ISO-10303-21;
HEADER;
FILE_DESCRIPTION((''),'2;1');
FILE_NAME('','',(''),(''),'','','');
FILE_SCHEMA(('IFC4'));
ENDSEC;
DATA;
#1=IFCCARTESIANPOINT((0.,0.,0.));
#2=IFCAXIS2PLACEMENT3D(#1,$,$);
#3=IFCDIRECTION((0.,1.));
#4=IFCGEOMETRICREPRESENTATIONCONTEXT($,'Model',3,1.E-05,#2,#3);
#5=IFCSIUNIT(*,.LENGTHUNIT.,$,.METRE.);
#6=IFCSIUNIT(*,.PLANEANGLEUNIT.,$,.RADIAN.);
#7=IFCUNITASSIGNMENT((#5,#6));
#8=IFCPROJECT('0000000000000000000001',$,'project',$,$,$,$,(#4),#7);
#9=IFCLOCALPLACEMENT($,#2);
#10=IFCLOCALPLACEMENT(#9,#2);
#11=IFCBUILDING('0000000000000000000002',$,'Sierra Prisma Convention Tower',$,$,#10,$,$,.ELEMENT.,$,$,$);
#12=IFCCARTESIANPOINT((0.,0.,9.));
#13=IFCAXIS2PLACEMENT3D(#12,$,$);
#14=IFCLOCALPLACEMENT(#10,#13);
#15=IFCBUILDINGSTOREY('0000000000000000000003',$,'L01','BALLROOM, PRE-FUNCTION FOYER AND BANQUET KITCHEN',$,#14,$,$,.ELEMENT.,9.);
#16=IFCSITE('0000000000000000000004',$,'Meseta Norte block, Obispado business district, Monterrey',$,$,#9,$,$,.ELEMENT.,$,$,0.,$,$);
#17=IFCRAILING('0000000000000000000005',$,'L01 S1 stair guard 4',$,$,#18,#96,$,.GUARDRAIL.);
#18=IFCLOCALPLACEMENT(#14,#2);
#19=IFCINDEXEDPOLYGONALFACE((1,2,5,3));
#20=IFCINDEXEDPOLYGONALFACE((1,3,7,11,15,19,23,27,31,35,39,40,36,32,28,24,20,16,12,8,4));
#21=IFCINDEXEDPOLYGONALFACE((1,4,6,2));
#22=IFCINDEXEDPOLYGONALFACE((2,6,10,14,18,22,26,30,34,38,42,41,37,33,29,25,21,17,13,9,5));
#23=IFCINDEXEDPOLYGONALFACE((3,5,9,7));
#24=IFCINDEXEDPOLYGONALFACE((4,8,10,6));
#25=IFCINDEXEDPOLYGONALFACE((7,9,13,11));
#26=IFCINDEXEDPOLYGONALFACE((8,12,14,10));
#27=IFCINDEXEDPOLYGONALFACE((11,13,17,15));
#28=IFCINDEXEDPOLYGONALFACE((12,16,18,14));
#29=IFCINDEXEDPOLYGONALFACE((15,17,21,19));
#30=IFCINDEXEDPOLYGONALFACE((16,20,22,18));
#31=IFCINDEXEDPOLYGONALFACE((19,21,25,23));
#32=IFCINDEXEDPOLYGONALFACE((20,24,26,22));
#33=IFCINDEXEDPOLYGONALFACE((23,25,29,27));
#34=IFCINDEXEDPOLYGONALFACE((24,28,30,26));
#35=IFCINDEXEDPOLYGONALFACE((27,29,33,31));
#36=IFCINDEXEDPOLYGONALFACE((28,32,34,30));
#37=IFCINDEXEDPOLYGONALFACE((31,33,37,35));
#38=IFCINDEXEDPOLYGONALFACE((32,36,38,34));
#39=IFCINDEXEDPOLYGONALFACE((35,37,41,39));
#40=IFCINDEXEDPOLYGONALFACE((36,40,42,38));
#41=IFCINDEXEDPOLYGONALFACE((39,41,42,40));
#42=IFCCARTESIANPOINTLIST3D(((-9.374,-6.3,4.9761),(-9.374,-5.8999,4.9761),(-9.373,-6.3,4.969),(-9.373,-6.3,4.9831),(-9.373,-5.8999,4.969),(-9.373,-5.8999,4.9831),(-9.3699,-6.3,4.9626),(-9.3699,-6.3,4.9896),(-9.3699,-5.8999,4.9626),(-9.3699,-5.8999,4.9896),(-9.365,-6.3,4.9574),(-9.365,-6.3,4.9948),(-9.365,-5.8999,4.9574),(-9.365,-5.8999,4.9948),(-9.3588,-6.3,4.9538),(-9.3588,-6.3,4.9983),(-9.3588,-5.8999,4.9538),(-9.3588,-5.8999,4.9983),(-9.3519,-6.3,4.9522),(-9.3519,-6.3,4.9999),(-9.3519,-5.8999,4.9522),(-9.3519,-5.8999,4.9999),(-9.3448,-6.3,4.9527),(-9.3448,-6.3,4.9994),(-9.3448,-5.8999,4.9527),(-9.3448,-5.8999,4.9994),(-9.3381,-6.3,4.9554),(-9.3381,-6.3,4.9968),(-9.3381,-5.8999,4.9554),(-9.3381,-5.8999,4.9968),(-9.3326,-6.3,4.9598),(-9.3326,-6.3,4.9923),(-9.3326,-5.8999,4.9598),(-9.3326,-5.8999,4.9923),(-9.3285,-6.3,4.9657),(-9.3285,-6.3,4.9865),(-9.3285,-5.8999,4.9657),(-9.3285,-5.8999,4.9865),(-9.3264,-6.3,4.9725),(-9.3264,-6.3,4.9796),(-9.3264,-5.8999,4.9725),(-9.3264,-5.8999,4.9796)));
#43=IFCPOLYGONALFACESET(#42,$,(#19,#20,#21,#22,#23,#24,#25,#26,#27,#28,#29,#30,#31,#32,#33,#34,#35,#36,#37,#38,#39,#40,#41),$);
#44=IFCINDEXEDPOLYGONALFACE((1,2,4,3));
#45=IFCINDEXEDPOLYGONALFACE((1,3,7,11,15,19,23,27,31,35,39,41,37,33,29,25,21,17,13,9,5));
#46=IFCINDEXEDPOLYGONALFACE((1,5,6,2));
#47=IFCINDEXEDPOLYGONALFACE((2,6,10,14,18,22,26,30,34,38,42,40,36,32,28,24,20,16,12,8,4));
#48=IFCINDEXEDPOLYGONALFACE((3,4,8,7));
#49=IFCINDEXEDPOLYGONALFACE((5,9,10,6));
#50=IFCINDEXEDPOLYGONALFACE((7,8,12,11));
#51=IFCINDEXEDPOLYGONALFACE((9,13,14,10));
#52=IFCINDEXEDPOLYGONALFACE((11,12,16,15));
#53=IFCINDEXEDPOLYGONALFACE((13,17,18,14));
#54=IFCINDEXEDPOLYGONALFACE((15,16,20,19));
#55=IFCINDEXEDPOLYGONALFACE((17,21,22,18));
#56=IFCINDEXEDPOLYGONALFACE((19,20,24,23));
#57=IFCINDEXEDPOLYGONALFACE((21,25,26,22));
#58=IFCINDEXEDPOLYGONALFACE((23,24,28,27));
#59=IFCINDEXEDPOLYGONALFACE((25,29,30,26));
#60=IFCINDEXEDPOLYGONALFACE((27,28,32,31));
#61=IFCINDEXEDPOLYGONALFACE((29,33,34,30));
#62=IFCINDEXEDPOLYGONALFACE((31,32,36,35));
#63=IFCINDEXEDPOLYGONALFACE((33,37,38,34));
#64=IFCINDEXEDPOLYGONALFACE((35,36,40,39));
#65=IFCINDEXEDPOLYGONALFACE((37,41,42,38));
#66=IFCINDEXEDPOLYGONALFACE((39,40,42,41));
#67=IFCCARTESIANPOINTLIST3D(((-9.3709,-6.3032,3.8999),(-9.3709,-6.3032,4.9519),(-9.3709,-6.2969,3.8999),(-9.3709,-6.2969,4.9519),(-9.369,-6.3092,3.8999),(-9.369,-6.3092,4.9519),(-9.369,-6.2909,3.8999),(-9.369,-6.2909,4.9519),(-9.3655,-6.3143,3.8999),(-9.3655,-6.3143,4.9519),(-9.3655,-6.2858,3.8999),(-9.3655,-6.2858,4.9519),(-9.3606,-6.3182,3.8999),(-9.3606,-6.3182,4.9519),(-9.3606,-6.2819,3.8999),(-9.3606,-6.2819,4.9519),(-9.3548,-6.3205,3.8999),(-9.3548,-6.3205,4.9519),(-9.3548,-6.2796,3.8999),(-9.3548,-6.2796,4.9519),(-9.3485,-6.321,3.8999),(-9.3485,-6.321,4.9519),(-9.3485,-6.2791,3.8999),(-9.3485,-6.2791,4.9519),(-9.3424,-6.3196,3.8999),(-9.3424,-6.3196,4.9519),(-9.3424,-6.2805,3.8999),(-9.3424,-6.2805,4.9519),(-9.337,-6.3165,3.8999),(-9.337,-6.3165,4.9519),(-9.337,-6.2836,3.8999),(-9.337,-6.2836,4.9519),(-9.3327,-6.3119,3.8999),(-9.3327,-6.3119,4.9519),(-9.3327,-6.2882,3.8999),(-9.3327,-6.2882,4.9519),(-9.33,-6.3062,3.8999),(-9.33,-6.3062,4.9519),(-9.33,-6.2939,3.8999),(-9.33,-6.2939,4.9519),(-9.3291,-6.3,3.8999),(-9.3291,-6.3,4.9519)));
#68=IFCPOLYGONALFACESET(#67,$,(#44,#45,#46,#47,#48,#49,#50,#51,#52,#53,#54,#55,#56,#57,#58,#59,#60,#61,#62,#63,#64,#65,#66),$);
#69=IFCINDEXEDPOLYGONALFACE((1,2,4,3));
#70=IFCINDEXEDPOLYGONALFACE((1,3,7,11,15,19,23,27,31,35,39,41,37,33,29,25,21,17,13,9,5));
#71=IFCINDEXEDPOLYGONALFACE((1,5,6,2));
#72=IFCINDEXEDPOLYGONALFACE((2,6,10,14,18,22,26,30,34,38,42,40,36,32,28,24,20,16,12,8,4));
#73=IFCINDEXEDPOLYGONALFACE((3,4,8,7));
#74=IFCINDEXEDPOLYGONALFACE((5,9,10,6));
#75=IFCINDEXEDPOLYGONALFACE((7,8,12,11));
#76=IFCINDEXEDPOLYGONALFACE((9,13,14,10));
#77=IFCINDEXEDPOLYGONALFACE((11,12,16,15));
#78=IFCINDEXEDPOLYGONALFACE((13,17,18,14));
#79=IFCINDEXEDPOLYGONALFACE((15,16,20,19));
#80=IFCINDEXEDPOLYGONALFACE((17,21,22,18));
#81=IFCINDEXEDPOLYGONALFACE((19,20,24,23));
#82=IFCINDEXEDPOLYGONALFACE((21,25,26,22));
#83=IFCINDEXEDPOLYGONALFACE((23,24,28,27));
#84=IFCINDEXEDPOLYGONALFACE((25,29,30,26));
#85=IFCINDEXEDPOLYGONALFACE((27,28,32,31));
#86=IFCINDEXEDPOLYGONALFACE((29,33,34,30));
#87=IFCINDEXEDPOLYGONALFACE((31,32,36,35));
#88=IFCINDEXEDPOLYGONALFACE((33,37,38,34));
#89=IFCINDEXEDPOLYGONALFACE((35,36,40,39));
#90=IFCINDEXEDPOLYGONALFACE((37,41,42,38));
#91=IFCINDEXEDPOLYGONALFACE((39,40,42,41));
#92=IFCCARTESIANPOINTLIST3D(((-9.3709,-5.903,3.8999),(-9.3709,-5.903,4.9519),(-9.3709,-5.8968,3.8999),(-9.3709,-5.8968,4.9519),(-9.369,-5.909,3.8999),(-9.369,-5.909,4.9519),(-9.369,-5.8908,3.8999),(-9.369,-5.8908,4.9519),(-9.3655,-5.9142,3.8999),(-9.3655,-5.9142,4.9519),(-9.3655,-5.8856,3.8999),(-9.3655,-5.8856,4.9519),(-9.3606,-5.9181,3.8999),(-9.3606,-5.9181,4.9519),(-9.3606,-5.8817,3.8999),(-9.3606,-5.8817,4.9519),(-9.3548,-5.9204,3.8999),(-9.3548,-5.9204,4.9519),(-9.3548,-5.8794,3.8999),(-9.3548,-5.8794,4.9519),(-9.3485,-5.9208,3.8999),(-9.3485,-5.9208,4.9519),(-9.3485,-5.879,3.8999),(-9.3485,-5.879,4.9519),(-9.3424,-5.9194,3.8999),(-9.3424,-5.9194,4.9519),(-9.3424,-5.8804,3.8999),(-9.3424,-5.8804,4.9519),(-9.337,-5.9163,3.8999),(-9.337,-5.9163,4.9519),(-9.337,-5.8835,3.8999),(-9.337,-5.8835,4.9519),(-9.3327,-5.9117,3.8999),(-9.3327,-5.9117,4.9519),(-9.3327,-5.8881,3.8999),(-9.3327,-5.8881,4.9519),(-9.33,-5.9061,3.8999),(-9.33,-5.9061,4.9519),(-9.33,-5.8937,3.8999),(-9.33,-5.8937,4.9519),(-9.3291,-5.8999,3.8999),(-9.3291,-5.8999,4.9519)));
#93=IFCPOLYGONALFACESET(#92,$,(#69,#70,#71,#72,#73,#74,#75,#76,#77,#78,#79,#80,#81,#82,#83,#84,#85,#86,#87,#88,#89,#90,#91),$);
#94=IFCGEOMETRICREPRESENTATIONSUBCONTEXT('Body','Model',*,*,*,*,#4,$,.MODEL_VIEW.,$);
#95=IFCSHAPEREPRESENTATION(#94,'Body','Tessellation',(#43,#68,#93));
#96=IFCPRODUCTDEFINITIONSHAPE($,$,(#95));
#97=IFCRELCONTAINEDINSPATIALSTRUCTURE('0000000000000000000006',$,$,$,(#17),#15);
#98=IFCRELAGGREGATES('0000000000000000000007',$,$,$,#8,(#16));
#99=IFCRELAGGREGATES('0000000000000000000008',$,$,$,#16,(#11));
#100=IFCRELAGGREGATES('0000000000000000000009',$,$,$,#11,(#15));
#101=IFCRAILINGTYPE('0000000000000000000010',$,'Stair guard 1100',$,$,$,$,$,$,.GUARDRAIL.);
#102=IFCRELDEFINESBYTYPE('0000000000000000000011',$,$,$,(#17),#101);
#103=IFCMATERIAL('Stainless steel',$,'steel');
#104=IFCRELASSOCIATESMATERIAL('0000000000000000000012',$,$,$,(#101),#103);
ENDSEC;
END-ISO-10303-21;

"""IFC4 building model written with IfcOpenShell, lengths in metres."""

from ifc_helpers import new_model, si_unit, direction, frame, origin, origin_2d, place, context, subcontext, project, spatial, circle, extrude, material, type_object, element, save


model = new_model("IFC4")

# Units and contexts
model_context = context("Model", 3, precision=1e-05, world=origin(), true_north=direction((0.0, 1.0)))
body_context = subcontext(model_context, "Body", "Model", "MODEL_VIEW")
ifc_project = project(units=[si_unit("LENGTHUNIT", "METRE"), si_unit("PLANEANGLEUNIT", "RADIAN")], contexts=[model_context])

# Site, building, storey
site_placement = place(None, origin())
site = spatial("IfcSite", under=ifc_project, at=site_placement, Name="Meseta Norte block, Obispado business district, Monterrey", CompositionType="ELEMENT", RefElevation=0.0)
building_placement = place(site_placement, origin())
building = spatial("IfcBuilding", under=site, at=building_placement, Name="Sierra Prisma Convention Tower", CompositionType="ELEMENT")
storey_placement = place(building_placement, frame((0.0, 0.0, 9.0)))
storey = spatial("IfcBuildingStorey", under=building, at=storey_placement, Name="L01", Description="BALLROOM, PRE-FUNCTION FOYER AND BANQUET KITCHEN", CompositionType="ELEMENT", Elevation=9.0)

# Railing
ifc_material_1 = material(Name="Stainless steel", Category="steel")
railing_type_1 = type_object("IfcRailingType", Name="Stair guard 1100", PredefinedType="GUARDRAIL", material=ifc_material_1)
railing_1_placement = place(storey_placement, frame((-9.3501, -6.3, 3.8999)))
element("IfcRailing", 1, at=railing_1_placement, inside=storey, type_object=railing_type_1, Name="L01 S1 stair guard 4", PredefinedType="GUARDRAIL", context=body_context, shape_type="SweptSolid", body=[
    extrude(circle(Radius=0.0239, at=origin_2d()), frame((0.0, 0.0, 1.0762), z_axis=(0.0, 1.0, 0.0), x_axis=(-1.0, 0.0, 0.0)), (0.0, 0.0, 1.0), 0.4001),
    extrude(circle(Radius=0.021, at=origin_2d()), origin(), (0.0, 0.0, 1.0), 1.052),
    extrude(circle(Radius=0.021, at=origin_2d()), frame((0.0, 0.4001, 0.0)), (0.0, 0.0, 1.0), 1.052),
])

save(model, "model.ifc")
